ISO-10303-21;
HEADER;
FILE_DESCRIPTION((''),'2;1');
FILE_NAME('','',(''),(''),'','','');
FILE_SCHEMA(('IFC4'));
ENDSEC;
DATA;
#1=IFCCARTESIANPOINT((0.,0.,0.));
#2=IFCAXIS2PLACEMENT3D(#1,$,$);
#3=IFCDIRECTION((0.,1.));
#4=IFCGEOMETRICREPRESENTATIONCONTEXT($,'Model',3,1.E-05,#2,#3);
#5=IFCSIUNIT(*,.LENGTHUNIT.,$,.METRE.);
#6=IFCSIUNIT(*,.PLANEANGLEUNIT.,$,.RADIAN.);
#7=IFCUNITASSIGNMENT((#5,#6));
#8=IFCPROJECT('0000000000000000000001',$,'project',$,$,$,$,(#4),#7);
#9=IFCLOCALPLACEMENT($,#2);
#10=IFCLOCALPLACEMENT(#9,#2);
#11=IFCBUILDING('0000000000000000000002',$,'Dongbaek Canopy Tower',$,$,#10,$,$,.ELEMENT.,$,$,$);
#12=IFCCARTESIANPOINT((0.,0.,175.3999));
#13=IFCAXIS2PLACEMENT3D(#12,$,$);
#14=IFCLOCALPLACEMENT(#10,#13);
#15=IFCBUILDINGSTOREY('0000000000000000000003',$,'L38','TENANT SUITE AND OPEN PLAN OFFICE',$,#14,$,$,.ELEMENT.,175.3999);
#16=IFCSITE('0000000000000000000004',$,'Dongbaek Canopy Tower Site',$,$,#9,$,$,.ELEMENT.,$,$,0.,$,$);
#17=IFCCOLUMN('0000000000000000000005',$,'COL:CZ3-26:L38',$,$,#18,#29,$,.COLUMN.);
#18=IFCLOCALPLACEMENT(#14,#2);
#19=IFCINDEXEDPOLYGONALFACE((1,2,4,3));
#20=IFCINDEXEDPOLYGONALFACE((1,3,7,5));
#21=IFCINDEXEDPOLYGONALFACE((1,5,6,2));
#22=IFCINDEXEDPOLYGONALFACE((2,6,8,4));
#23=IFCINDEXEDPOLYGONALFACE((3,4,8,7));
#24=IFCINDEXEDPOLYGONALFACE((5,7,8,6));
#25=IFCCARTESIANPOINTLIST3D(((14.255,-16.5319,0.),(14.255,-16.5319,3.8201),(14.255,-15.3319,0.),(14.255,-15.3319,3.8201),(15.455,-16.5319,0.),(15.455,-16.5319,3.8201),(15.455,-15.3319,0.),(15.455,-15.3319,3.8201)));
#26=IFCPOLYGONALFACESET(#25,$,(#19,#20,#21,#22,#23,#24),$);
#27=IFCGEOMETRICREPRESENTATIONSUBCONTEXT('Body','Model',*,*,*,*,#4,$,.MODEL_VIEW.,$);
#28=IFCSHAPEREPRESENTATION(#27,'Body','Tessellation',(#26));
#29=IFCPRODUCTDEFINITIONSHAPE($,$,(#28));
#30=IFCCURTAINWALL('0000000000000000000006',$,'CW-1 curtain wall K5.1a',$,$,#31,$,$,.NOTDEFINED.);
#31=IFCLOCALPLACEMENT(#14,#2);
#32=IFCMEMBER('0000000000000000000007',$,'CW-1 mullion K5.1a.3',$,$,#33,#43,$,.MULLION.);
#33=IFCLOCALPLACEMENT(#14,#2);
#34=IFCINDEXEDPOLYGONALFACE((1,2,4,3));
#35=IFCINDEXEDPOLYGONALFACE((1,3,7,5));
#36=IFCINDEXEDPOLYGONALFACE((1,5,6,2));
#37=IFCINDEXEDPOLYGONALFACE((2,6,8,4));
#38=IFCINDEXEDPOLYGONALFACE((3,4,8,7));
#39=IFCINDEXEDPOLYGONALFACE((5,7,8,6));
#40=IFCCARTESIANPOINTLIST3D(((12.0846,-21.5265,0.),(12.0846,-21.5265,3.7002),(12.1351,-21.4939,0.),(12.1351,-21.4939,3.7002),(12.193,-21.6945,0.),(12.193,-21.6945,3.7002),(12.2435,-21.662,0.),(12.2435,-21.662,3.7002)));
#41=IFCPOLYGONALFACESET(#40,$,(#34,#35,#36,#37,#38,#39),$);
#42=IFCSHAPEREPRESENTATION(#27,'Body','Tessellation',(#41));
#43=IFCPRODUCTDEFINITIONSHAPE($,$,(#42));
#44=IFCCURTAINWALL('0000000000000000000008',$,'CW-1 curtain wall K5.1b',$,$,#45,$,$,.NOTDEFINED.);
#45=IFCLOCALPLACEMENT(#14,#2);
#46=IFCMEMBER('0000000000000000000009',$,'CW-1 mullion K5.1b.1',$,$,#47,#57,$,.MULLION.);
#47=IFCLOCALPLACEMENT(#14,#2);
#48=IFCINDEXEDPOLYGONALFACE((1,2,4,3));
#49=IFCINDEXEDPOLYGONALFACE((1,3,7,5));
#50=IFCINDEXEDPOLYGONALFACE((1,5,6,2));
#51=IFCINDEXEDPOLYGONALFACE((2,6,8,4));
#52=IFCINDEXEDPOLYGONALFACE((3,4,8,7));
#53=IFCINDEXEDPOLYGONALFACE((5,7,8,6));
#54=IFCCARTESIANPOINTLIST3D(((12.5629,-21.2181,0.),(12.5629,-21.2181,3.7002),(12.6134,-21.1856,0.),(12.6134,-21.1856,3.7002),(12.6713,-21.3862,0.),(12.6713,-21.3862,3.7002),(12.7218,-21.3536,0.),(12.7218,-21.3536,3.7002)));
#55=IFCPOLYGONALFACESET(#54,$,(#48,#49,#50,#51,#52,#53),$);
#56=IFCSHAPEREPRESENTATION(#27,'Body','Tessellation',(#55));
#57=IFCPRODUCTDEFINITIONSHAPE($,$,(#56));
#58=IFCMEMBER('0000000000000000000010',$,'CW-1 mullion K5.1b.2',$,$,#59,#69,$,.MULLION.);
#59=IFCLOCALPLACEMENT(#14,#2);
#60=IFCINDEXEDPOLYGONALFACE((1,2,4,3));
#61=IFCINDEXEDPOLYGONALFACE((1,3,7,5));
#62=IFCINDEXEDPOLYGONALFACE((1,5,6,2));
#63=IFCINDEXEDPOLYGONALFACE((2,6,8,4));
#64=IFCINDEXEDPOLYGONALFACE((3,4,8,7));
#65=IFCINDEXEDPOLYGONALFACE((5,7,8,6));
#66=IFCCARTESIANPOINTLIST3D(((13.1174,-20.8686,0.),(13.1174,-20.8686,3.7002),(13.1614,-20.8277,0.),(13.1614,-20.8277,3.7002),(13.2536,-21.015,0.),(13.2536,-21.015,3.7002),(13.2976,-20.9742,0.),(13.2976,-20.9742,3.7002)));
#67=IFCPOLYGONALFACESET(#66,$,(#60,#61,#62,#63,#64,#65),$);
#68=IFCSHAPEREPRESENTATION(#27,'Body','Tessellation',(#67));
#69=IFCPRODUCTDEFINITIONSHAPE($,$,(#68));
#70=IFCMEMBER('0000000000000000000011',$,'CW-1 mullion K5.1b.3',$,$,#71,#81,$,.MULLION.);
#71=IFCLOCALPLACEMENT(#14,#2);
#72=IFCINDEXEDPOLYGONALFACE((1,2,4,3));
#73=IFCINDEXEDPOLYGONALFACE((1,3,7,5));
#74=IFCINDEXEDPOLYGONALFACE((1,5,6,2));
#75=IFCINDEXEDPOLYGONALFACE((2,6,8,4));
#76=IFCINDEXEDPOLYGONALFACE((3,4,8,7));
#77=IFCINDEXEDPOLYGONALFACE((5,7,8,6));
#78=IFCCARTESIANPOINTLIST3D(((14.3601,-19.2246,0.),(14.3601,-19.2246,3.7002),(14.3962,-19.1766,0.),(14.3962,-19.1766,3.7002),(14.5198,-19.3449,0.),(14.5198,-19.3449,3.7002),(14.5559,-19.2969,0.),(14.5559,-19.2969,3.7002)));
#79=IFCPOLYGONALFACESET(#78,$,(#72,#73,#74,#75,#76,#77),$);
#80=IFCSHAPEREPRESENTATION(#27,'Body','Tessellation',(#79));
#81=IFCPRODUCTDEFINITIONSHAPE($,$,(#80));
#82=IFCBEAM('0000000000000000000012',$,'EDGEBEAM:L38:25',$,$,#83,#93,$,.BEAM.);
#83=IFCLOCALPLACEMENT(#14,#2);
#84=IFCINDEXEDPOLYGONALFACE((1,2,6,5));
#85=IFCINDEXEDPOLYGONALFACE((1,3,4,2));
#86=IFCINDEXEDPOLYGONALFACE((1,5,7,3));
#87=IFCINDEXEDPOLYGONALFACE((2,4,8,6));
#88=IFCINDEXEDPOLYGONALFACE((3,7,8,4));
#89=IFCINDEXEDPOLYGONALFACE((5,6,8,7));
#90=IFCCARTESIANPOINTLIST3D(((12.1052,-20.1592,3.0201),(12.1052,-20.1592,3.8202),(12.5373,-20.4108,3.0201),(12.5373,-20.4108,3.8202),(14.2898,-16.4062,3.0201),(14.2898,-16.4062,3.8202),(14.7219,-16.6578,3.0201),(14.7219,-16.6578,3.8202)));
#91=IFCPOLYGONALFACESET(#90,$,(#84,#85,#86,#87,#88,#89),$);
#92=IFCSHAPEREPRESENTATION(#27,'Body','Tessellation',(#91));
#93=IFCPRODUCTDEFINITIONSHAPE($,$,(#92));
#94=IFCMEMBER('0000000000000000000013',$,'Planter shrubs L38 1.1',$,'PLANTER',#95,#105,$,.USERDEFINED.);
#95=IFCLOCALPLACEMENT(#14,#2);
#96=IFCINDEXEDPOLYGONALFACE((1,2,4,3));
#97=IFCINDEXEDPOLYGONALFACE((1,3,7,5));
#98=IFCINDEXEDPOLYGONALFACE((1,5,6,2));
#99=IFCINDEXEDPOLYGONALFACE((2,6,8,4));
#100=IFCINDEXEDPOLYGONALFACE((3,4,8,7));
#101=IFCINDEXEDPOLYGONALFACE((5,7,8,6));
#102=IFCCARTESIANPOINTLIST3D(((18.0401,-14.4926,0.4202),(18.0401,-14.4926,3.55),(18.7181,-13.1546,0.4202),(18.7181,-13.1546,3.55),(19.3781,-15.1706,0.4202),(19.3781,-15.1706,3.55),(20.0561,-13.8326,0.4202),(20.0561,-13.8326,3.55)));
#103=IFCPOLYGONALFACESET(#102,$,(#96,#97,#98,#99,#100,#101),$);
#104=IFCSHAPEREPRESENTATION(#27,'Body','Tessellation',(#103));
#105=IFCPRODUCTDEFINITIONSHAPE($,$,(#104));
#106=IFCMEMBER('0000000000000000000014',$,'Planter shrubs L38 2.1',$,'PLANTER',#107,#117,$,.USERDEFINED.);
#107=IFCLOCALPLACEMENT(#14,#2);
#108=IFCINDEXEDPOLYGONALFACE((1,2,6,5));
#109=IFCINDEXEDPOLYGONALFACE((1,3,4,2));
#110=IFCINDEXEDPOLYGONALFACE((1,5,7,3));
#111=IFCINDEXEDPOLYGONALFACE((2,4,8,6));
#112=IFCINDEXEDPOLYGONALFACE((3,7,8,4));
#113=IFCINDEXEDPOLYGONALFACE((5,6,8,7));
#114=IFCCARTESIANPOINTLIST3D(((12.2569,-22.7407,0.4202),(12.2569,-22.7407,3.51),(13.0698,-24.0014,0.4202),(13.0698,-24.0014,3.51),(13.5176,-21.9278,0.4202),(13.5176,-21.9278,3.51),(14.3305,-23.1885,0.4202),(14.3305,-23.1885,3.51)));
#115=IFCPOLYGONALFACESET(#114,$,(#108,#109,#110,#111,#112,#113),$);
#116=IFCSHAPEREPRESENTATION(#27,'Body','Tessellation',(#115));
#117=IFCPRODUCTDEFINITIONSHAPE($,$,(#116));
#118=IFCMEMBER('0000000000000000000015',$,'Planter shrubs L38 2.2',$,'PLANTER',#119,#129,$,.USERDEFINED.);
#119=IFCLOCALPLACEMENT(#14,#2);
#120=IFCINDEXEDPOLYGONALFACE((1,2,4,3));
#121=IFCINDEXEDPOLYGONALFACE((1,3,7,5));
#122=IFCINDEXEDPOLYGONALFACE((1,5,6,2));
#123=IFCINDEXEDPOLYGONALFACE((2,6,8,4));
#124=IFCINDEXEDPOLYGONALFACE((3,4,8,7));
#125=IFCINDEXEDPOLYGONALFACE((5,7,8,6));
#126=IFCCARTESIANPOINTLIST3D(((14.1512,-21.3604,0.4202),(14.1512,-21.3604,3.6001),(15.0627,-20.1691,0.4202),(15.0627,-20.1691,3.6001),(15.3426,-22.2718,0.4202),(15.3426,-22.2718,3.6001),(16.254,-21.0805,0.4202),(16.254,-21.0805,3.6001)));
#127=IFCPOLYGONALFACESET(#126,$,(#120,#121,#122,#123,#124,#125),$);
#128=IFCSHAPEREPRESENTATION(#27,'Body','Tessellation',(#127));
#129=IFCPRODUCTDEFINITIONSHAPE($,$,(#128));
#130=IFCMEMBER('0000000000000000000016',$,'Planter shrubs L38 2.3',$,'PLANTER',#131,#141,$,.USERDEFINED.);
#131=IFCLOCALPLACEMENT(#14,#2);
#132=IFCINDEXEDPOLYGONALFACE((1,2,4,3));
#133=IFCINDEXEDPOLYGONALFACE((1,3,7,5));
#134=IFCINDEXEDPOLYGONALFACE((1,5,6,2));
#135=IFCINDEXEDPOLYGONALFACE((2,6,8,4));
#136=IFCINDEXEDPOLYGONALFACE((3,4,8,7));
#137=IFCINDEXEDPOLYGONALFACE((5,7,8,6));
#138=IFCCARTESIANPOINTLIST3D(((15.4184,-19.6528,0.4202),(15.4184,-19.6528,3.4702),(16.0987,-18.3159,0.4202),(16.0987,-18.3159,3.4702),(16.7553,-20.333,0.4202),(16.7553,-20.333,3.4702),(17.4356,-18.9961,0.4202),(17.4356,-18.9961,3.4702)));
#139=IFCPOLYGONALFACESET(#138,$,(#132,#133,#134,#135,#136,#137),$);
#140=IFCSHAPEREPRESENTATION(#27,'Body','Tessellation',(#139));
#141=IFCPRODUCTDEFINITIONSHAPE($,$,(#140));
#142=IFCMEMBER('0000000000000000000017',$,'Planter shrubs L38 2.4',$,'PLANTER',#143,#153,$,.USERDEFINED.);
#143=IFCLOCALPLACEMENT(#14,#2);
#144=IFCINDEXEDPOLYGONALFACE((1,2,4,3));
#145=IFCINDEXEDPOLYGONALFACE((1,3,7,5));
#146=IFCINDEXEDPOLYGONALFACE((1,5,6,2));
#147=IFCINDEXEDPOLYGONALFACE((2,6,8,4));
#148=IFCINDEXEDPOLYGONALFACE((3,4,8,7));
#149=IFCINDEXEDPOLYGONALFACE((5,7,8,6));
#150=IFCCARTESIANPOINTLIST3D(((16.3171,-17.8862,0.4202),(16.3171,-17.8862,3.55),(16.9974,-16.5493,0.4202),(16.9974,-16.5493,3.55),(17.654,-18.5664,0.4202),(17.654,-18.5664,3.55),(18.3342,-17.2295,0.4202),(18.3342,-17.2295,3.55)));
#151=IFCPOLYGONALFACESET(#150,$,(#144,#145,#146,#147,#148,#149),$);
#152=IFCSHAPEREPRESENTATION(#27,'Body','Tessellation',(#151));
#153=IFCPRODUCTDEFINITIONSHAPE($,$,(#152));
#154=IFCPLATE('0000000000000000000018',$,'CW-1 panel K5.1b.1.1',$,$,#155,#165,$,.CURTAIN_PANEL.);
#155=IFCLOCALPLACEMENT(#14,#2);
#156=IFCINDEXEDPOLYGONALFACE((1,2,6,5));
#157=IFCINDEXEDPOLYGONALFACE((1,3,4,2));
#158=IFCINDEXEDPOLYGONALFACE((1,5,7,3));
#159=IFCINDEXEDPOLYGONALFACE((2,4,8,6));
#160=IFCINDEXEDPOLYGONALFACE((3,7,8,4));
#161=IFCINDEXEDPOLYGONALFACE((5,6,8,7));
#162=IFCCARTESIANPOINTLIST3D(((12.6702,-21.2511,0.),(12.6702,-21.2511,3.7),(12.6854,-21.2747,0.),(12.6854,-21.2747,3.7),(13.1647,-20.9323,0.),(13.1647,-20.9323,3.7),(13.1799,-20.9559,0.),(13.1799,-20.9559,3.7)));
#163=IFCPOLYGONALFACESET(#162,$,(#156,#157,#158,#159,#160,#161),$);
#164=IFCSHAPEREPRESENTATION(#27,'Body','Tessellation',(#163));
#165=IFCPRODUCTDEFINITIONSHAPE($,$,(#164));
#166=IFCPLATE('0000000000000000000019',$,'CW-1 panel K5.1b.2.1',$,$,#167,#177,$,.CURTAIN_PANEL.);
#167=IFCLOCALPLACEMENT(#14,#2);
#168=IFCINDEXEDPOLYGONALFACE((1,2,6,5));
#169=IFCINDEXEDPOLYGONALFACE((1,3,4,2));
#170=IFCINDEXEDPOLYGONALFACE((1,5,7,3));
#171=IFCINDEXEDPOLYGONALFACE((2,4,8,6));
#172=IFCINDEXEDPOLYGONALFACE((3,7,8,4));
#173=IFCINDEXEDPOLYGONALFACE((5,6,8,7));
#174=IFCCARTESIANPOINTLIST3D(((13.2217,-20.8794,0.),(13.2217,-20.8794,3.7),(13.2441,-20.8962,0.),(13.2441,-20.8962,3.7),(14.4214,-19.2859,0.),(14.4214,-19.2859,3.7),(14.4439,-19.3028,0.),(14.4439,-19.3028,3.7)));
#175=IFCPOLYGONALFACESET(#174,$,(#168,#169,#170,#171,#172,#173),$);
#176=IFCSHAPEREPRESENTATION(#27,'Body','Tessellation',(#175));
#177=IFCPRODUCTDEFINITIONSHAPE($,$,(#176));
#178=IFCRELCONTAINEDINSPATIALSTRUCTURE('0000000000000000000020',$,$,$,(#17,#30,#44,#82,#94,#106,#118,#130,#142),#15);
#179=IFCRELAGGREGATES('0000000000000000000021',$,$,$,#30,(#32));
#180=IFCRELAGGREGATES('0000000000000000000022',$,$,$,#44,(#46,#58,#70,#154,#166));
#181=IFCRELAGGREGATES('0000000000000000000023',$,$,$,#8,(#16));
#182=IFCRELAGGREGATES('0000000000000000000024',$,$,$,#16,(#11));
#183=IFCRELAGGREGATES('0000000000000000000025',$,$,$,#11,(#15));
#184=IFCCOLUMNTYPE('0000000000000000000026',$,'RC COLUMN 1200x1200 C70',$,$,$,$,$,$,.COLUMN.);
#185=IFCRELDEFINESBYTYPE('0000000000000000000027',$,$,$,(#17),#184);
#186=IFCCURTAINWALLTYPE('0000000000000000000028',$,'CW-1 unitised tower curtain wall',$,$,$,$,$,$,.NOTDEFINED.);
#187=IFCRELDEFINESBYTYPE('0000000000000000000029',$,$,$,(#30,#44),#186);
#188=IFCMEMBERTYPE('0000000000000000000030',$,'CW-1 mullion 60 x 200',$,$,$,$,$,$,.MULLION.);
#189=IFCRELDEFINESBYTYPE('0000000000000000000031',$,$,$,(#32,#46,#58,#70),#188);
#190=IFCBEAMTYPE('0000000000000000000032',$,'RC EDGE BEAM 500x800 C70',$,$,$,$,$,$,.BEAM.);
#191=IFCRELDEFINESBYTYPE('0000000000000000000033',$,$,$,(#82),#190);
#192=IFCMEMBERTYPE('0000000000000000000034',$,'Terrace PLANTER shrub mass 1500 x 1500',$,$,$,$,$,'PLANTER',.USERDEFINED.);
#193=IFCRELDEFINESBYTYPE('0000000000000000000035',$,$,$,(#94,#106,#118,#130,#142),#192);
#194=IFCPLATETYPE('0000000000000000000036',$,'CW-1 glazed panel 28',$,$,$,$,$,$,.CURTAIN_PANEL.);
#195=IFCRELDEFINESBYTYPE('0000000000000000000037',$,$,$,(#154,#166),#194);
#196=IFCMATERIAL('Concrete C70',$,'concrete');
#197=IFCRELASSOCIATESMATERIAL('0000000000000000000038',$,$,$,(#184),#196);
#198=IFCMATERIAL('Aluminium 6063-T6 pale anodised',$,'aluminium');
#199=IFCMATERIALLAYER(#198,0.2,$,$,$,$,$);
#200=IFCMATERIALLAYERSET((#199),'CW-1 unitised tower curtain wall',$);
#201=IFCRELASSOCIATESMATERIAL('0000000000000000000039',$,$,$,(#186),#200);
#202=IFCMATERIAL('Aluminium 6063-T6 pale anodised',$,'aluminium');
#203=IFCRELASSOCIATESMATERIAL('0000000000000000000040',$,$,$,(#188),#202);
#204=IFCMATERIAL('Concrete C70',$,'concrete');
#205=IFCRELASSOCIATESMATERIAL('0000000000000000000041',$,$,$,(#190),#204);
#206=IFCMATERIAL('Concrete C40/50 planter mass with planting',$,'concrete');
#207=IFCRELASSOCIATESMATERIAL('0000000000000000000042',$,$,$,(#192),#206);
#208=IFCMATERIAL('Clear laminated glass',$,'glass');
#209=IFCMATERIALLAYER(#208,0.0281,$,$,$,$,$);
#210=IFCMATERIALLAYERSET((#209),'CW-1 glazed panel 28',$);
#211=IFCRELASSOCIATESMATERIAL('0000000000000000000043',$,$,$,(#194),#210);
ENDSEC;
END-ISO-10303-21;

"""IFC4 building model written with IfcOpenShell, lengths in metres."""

from ifc_helpers import new_model, si_unit, direction, frame, origin, origin_2d, place, context, subcontext, project, spatial, rectangle, extrude, material, layer, layer_set, material_profile, profile_set, type_object, element, aggregate, save


model = new_model("IFC4")

# Units and contexts
model_context = context("Model", 3, precision=1e-05, world=origin(), true_north=direction((0.0, 1.0)))
body_context = subcontext(model_context, "Body", "Model", "MODEL_VIEW")
ifc_project = project(units=[si_unit("LENGTHUNIT", "METRE"), si_unit("PLANEANGLEUNIT", "RADIAN")], contexts=[model_context])

# Site, building, storey
site_placement = place(None, origin())
site = spatial("IfcSite", under=ifc_project, at=site_placement, Name="Dongbaek Canopy Tower Site", CompositionType="ELEMENT", RefElevation=0.0)
building_placement = place(site_placement, origin())
building = spatial("IfcBuilding", under=site, at=building_placement, Name="Dongbaek Canopy Tower", CompositionType="ELEMENT")
storey_placement = place(building_placement, frame((0.0, 0.0, 175.3999)))
storey = spatial("IfcBuildingStorey", under=building, at=storey_placement, Name="L38", Description="TENANT SUITE AND OPEN PLAN OFFICE", CompositionType="ELEMENT", Elevation=175.3999)

# Column
ifc_material_1 = material(Name="Concrete C70", Category="concrete")
ifc_material_profile_1 = material_profile(ifc_material_1, rectangle(XDim=1.2, YDim=1.2, at=origin_2d()), Name="RC COLUMN 1200x1200 C70")
ifc_profile_set_1 = profile_set([ifc_material_profile_1], Name="Concrete C70")
column_type = type_object("IfcColumnType", Name="RC COLUMN 1200x1200 C70", PredefinedType="COLUMN", material=ifc_profile_set_1)
column_placement = place(storey_placement, frame((14.855, -15.9319, 0.0), z_axis=(0.0, 0.0, 1.0), x_axis=(1.0, 0.0, 0.0)))
element("IfcColumn", 1, at=column_placement, inside=storey, type_object=column_type, Name="COL:CZ3-26:L38", PredefinedType="COLUMN", context=body_context, shape_type="SweptSolid", body=[
    extrude(rectangle(XDim=1.2, YDim=1.2, at=origin_2d()), origin(), (0.0, 0.0, 1.0), 3.8201),
])

# Curtain wall, member
ifc_material_2 = material(Name="Aluminium 6063-T6 pale anodised", Category="aluminium")
ifc_layer_1 = layer(ifc_material_2, 0.2)
ifc_layer_set_1 = layer_set([ifc_layer_1], Name="CW-1 unitised tower curtain wall")
curtain_wall_type = type_object("IfcCurtainWallType", Name="CW-1 unitised tower curtain wall", PredefinedType="NOTDEFINED", material=ifc_layer_set_1)
curtain_wall_1_placement = place(storey_placement, origin())
curtain_wall_1 = element("IfcCurtainWall", 2, at=curtain_wall_1_placement, inside=storey, type_object=curtain_wall_type, Name="CW-1 curtain wall K5.1a", PredefinedType="NOTDEFINED")
ifc_material_3 = material(Name="Aluminium 6063-T6 pale anodised", Category="aluminium")
ifc_material_profile_2 = material_profile(ifc_material_3, rectangle(XDim=0.2, YDim=0.0601, at=origin_2d()), Name="CW-1 mullion 60 x 200")
ifc_profile_set_2 = profile_set([ifc_material_profile_2], Name="Aluminium 6063-T6 pale anodised")
member_type_1 = type_object("IfcMemberType", Name="CW-1 mullion 60 x 200", PredefinedType="MULLION", material=ifc_profile_set_2)
member_1_placement = place(storey_placement, frame((12.1641, -21.5942, 0.0), z_axis=(0.0, 0.0, 1.0), x_axis=(0.541917, -0.840432, 0.0)))
member_1 = element("IfcMember", 3, at=member_1_placement, type_object=member_type_1, Name="CW-1 mullion K5.1a.3", PredefinedType="MULLION", context=body_context, shape_type="SweptSolid", body=[
    extrude(rectangle(XDim=0.2, YDim=0.0601, at=origin_2d()), origin(), (0.0, 0.0, 1.0), 3.7002),
])
aggregate(curtain_wall_1, [member_1])

# Curtain wall, members
curtain_wall_2_placement = place(storey_placement, origin())
curtain_wall_2 = element("IfcCurtainWall", 4, at=curtain_wall_2_placement, inside=storey, type_object=curtain_wall_type, Name="CW-1 curtain wall K5.1b", PredefinedType="NOTDEFINED")
member_2_placement = place(storey_placement, frame((12.6423, -21.2859, 0.0), z_axis=(0.0, 0.0, 1.0), x_axis=(0.541917, -0.840432, 0.0)))
member_2 = element("IfcMember", 5, at=member_2_placement, type_object=member_type_1, Name="CW-1 mullion K5.1b.1", PredefinedType="MULLION", context=body_context, shape_type="SweptSolid", body=[
    extrude(rectangle(XDim=0.2, YDim=0.0601, at=origin_2d()), origin(), (0.0, 0.0, 1.0), 3.7002),
])
member_3_placement = place(storey_placement, frame((13.2075, -20.9214, 0.0), z_axis=(0.0, 0.0, 1.0), x_axis=(0.680959, -0.732322, 0.0)))
member_3 = element("IfcMember", 6, at=member_3_placement, type_object=member_type_1, Name="CW-1 mullion K5.1b.2", PredefinedType="MULLION", context=body_context, shape_type="SweptSolid", body=[
    extrude(rectangle(XDim=0.2, YDim=0.0601, at=origin_2d()), origin(), (0.0, 0.0, 1.0), 3.7002),
])
member_4_placement = place(storey_placement, frame((14.458, -19.2607, 0.0), z_axis=(0.0, 0.0, 1.0), x_axis=(0.798877, -0.601495, 0.0)))
member_4 = element("IfcMember", 7, at=member_4_placement, type_object=member_type_1, Name="CW-1 mullion K5.1b.3", PredefinedType="MULLION", context=body_context, shape_type="SweptSolid", body=[
    extrude(rectangle(XDim=0.2, YDim=0.0601, at=origin_2d()), origin(), (0.0, 0.0, 1.0), 3.7002),
])

# Beam
ifc_material_4 = material(Name="Concrete C70", Category="concrete")
ifc_material_profile_3 = material_profile(ifc_material_4, rectangle(XDim=0.5, YDim=0.8, at=origin_2d()), Name="RC EDGE BEAM 500x800 C70")
ifc_profile_set_3 = profile_set([ifc_material_profile_3], Name="Concrete C70")
beam_type = type_object("IfcBeamType", Name="RC EDGE BEAM 500x800 C70", PredefinedType="BEAM", material=ifc_profile_set_3)
beam_placement = place(storey_placement, frame((14.5059, -16.532, 3.4202), z_axis=(-0.503074, -0.864243, 0.0), x_axis=(0.864243, -0.503074, 0.0)))
element("IfcBeam", 8, at=beam_placement, inside=storey, type_object=beam_type, Name="EDGEBEAM:L38:25", PredefinedType="BEAM", context=body_context, shape_type="SweptSolid", body=[
    extrude(rectangle(XDim=0.5, YDim=0.8, at=origin_2d()), origin(), (0.0, 0.0, 1.0), 4.3425),
])

# Members
ifc_material_5 = material(Name="Concrete C40/50 planter mass with planting", Category="concrete")
ifc_material_profile_4 = material_profile(ifc_material_5, rectangle(XDim=1.5, YDim=1.5, at=origin_2d()), Name="Terrace PLANTER shrub mass 1500 x 1500")
ifc_profile_set_4 = profile_set([ifc_material_profile_4], Name="Concrete C40/50 planter mass with planting")
member_type_2 = type_object("IfcMemberType", Name="Terrace PLANTER shrub mass 1500 x 1500", ElementType="PLANTER", PredefinedType="USERDEFINED", material=ifc_profile_set_4)
member_5_placement = place(storey_placement, frame((19.0481, -14.1626, 0.4202), z_axis=(0.0, 0.0, 1.0), x_axis=(0.892013, -0.452009, 0.0)))
element("IfcMember", 9, at=member_5_placement, inside=storey, type_object=member_type_2, Name="Planter shrubs L38 1.1", ObjectType="PLANTER", PredefinedType="USERDEFINED", context=body_context, shape_type="SweptSolid", body=[
    extrude(rectangle(XDim=1.5, YDim=1.5, at=origin_2d()), origin(), (0.0, 0.0, 1.0), 3.1299),
])
member_6_placement = place(storey_placement, frame((13.2937, -22.9646, 0.4202), z_axis=(0.0, 0.0, 1.0), x_axis=(0.541917, -0.840432, 0.0)))
element("IfcMember", 10, at=member_6_placement, inside=storey, type_object=member_type_2, Name="Planter shrubs L38 2.1", ObjectType="PLANTER", PredefinedType="USERDEFINED", context=body_context, shape_type="SweptSolid", body=[
    extrude(rectangle(XDim=1.5, YDim=1.5, at=origin_2d()), origin(), (0.0, 0.0, 1.0), 3.0898),
])
member_7_placement = place(storey_placement, frame((15.2026, -21.2205, 0.4202), z_axis=(0.0, 0.0, 1.0), x_axis=(0.79422, -0.60763, 0.0)))
element("IfcMember", 11, at=member_7_placement, inside=storey, type_object=member_type_2, Name="Planter shrubs L38 2.2", ObjectType="PLANTER", PredefinedType="USERDEFINED", context=body_context, shape_type="SweptSolid", body=[
    extrude(rectangle(XDim=1.5, YDim=1.5, at=origin_2d()), origin(), (0.0, 0.0, 1.0), 3.1799),
])
member_8_placement = place(storey_placement, frame((16.427, -19.3245, 0.4202), z_axis=(0.0, 0.0, 1.0), x_axis=(0.891263, -0.453486, 0.0)))
element("IfcMember", 12, at=member_8_placement, inside=storey, type_object=member_type_2, Name="Planter shrubs L38 2.3", ObjectType="PLANTER", PredefinedType="USERDEFINED", context=body_context, shape_type="SweptSolid", body=[
    extrude(rectangle(XDim=1.5, YDim=1.5, at=origin_2d()), origin(), (0.0, 0.0, 1.0), 3.05),
])
member_9_placement = place(storey_placement, frame((17.3257, -17.5579, 0.4202), z_axis=(0.0, 0.0, 1.0), x_axis=(0.891263, -0.453486, 0.0)))
element("IfcMember", 13, at=member_9_placement, inside=storey, type_object=member_type_2, Name="Planter shrubs L38 2.4", ObjectType="PLANTER", PredefinedType="USERDEFINED", context=body_context, shape_type="SweptSolid", body=[
    extrude(rectangle(XDim=1.5, YDim=1.5, at=origin_2d()), origin(), (0.0, 0.0, 1.0), 3.1299),
])

# Plates
ifc_material_6 = material(Name="Clear laminated glass", Category="glass")
ifc_layer_2 = layer(ifc_material_6, 0.0281)
ifc_layer_set_2 = layer_set([ifc_layer_2], Name="CW-1 glazed panel 28")
plate_type = type_object("IfcPlateType", Name="CW-1 glazed panel 28", PredefinedType="CURTAIN_PANEL", material=ifc_layer_set_2)
plate_1_placement = place(storey_placement, frame((12.925, -21.1035, 0.0), z_axis=(0.0, 0.0, 1.0), x_axis=(0.840432, 0.541917, 0.0)))
plate_1 = element("IfcPlate", 14, at=plate_1_placement, type_object=plate_type, Name="CW-1 panel K5.1b.1.1", PredefinedType="CURTAIN_PANEL", context=body_context, shape_type="SweptSolid", body=[
    extrude(rectangle(XDim=0.5884, YDim=0.0281, at=origin_2d()), origin(), (0.0, 0.0, 1.0), 3.7),
])
plate_2_placement = place(storey_placement, frame((13.8328, -20.0911, 0.0), z_axis=(0.0, 0.0, 1.0), x_axis=(0.601495, 0.798877, 0.0)))
plate_2 = element("IfcPlate", 15, at=plate_2_placement, type_object=plate_type, Name="CW-1 panel K5.1b.2.1", PredefinedType="CURTAIN_PANEL", context=body_context, shape_type="SweptSolid", body=[
    extrude(rectangle(XDim=1.9946, YDim=0.0281, at=origin_2d()), origin(), (0.0, 0.0, 1.0), 3.7),
])
aggregate(curtain_wall_2, [member_2, member_3, member_4, plate_1, plate_2])

save(model, "model.ifc")
